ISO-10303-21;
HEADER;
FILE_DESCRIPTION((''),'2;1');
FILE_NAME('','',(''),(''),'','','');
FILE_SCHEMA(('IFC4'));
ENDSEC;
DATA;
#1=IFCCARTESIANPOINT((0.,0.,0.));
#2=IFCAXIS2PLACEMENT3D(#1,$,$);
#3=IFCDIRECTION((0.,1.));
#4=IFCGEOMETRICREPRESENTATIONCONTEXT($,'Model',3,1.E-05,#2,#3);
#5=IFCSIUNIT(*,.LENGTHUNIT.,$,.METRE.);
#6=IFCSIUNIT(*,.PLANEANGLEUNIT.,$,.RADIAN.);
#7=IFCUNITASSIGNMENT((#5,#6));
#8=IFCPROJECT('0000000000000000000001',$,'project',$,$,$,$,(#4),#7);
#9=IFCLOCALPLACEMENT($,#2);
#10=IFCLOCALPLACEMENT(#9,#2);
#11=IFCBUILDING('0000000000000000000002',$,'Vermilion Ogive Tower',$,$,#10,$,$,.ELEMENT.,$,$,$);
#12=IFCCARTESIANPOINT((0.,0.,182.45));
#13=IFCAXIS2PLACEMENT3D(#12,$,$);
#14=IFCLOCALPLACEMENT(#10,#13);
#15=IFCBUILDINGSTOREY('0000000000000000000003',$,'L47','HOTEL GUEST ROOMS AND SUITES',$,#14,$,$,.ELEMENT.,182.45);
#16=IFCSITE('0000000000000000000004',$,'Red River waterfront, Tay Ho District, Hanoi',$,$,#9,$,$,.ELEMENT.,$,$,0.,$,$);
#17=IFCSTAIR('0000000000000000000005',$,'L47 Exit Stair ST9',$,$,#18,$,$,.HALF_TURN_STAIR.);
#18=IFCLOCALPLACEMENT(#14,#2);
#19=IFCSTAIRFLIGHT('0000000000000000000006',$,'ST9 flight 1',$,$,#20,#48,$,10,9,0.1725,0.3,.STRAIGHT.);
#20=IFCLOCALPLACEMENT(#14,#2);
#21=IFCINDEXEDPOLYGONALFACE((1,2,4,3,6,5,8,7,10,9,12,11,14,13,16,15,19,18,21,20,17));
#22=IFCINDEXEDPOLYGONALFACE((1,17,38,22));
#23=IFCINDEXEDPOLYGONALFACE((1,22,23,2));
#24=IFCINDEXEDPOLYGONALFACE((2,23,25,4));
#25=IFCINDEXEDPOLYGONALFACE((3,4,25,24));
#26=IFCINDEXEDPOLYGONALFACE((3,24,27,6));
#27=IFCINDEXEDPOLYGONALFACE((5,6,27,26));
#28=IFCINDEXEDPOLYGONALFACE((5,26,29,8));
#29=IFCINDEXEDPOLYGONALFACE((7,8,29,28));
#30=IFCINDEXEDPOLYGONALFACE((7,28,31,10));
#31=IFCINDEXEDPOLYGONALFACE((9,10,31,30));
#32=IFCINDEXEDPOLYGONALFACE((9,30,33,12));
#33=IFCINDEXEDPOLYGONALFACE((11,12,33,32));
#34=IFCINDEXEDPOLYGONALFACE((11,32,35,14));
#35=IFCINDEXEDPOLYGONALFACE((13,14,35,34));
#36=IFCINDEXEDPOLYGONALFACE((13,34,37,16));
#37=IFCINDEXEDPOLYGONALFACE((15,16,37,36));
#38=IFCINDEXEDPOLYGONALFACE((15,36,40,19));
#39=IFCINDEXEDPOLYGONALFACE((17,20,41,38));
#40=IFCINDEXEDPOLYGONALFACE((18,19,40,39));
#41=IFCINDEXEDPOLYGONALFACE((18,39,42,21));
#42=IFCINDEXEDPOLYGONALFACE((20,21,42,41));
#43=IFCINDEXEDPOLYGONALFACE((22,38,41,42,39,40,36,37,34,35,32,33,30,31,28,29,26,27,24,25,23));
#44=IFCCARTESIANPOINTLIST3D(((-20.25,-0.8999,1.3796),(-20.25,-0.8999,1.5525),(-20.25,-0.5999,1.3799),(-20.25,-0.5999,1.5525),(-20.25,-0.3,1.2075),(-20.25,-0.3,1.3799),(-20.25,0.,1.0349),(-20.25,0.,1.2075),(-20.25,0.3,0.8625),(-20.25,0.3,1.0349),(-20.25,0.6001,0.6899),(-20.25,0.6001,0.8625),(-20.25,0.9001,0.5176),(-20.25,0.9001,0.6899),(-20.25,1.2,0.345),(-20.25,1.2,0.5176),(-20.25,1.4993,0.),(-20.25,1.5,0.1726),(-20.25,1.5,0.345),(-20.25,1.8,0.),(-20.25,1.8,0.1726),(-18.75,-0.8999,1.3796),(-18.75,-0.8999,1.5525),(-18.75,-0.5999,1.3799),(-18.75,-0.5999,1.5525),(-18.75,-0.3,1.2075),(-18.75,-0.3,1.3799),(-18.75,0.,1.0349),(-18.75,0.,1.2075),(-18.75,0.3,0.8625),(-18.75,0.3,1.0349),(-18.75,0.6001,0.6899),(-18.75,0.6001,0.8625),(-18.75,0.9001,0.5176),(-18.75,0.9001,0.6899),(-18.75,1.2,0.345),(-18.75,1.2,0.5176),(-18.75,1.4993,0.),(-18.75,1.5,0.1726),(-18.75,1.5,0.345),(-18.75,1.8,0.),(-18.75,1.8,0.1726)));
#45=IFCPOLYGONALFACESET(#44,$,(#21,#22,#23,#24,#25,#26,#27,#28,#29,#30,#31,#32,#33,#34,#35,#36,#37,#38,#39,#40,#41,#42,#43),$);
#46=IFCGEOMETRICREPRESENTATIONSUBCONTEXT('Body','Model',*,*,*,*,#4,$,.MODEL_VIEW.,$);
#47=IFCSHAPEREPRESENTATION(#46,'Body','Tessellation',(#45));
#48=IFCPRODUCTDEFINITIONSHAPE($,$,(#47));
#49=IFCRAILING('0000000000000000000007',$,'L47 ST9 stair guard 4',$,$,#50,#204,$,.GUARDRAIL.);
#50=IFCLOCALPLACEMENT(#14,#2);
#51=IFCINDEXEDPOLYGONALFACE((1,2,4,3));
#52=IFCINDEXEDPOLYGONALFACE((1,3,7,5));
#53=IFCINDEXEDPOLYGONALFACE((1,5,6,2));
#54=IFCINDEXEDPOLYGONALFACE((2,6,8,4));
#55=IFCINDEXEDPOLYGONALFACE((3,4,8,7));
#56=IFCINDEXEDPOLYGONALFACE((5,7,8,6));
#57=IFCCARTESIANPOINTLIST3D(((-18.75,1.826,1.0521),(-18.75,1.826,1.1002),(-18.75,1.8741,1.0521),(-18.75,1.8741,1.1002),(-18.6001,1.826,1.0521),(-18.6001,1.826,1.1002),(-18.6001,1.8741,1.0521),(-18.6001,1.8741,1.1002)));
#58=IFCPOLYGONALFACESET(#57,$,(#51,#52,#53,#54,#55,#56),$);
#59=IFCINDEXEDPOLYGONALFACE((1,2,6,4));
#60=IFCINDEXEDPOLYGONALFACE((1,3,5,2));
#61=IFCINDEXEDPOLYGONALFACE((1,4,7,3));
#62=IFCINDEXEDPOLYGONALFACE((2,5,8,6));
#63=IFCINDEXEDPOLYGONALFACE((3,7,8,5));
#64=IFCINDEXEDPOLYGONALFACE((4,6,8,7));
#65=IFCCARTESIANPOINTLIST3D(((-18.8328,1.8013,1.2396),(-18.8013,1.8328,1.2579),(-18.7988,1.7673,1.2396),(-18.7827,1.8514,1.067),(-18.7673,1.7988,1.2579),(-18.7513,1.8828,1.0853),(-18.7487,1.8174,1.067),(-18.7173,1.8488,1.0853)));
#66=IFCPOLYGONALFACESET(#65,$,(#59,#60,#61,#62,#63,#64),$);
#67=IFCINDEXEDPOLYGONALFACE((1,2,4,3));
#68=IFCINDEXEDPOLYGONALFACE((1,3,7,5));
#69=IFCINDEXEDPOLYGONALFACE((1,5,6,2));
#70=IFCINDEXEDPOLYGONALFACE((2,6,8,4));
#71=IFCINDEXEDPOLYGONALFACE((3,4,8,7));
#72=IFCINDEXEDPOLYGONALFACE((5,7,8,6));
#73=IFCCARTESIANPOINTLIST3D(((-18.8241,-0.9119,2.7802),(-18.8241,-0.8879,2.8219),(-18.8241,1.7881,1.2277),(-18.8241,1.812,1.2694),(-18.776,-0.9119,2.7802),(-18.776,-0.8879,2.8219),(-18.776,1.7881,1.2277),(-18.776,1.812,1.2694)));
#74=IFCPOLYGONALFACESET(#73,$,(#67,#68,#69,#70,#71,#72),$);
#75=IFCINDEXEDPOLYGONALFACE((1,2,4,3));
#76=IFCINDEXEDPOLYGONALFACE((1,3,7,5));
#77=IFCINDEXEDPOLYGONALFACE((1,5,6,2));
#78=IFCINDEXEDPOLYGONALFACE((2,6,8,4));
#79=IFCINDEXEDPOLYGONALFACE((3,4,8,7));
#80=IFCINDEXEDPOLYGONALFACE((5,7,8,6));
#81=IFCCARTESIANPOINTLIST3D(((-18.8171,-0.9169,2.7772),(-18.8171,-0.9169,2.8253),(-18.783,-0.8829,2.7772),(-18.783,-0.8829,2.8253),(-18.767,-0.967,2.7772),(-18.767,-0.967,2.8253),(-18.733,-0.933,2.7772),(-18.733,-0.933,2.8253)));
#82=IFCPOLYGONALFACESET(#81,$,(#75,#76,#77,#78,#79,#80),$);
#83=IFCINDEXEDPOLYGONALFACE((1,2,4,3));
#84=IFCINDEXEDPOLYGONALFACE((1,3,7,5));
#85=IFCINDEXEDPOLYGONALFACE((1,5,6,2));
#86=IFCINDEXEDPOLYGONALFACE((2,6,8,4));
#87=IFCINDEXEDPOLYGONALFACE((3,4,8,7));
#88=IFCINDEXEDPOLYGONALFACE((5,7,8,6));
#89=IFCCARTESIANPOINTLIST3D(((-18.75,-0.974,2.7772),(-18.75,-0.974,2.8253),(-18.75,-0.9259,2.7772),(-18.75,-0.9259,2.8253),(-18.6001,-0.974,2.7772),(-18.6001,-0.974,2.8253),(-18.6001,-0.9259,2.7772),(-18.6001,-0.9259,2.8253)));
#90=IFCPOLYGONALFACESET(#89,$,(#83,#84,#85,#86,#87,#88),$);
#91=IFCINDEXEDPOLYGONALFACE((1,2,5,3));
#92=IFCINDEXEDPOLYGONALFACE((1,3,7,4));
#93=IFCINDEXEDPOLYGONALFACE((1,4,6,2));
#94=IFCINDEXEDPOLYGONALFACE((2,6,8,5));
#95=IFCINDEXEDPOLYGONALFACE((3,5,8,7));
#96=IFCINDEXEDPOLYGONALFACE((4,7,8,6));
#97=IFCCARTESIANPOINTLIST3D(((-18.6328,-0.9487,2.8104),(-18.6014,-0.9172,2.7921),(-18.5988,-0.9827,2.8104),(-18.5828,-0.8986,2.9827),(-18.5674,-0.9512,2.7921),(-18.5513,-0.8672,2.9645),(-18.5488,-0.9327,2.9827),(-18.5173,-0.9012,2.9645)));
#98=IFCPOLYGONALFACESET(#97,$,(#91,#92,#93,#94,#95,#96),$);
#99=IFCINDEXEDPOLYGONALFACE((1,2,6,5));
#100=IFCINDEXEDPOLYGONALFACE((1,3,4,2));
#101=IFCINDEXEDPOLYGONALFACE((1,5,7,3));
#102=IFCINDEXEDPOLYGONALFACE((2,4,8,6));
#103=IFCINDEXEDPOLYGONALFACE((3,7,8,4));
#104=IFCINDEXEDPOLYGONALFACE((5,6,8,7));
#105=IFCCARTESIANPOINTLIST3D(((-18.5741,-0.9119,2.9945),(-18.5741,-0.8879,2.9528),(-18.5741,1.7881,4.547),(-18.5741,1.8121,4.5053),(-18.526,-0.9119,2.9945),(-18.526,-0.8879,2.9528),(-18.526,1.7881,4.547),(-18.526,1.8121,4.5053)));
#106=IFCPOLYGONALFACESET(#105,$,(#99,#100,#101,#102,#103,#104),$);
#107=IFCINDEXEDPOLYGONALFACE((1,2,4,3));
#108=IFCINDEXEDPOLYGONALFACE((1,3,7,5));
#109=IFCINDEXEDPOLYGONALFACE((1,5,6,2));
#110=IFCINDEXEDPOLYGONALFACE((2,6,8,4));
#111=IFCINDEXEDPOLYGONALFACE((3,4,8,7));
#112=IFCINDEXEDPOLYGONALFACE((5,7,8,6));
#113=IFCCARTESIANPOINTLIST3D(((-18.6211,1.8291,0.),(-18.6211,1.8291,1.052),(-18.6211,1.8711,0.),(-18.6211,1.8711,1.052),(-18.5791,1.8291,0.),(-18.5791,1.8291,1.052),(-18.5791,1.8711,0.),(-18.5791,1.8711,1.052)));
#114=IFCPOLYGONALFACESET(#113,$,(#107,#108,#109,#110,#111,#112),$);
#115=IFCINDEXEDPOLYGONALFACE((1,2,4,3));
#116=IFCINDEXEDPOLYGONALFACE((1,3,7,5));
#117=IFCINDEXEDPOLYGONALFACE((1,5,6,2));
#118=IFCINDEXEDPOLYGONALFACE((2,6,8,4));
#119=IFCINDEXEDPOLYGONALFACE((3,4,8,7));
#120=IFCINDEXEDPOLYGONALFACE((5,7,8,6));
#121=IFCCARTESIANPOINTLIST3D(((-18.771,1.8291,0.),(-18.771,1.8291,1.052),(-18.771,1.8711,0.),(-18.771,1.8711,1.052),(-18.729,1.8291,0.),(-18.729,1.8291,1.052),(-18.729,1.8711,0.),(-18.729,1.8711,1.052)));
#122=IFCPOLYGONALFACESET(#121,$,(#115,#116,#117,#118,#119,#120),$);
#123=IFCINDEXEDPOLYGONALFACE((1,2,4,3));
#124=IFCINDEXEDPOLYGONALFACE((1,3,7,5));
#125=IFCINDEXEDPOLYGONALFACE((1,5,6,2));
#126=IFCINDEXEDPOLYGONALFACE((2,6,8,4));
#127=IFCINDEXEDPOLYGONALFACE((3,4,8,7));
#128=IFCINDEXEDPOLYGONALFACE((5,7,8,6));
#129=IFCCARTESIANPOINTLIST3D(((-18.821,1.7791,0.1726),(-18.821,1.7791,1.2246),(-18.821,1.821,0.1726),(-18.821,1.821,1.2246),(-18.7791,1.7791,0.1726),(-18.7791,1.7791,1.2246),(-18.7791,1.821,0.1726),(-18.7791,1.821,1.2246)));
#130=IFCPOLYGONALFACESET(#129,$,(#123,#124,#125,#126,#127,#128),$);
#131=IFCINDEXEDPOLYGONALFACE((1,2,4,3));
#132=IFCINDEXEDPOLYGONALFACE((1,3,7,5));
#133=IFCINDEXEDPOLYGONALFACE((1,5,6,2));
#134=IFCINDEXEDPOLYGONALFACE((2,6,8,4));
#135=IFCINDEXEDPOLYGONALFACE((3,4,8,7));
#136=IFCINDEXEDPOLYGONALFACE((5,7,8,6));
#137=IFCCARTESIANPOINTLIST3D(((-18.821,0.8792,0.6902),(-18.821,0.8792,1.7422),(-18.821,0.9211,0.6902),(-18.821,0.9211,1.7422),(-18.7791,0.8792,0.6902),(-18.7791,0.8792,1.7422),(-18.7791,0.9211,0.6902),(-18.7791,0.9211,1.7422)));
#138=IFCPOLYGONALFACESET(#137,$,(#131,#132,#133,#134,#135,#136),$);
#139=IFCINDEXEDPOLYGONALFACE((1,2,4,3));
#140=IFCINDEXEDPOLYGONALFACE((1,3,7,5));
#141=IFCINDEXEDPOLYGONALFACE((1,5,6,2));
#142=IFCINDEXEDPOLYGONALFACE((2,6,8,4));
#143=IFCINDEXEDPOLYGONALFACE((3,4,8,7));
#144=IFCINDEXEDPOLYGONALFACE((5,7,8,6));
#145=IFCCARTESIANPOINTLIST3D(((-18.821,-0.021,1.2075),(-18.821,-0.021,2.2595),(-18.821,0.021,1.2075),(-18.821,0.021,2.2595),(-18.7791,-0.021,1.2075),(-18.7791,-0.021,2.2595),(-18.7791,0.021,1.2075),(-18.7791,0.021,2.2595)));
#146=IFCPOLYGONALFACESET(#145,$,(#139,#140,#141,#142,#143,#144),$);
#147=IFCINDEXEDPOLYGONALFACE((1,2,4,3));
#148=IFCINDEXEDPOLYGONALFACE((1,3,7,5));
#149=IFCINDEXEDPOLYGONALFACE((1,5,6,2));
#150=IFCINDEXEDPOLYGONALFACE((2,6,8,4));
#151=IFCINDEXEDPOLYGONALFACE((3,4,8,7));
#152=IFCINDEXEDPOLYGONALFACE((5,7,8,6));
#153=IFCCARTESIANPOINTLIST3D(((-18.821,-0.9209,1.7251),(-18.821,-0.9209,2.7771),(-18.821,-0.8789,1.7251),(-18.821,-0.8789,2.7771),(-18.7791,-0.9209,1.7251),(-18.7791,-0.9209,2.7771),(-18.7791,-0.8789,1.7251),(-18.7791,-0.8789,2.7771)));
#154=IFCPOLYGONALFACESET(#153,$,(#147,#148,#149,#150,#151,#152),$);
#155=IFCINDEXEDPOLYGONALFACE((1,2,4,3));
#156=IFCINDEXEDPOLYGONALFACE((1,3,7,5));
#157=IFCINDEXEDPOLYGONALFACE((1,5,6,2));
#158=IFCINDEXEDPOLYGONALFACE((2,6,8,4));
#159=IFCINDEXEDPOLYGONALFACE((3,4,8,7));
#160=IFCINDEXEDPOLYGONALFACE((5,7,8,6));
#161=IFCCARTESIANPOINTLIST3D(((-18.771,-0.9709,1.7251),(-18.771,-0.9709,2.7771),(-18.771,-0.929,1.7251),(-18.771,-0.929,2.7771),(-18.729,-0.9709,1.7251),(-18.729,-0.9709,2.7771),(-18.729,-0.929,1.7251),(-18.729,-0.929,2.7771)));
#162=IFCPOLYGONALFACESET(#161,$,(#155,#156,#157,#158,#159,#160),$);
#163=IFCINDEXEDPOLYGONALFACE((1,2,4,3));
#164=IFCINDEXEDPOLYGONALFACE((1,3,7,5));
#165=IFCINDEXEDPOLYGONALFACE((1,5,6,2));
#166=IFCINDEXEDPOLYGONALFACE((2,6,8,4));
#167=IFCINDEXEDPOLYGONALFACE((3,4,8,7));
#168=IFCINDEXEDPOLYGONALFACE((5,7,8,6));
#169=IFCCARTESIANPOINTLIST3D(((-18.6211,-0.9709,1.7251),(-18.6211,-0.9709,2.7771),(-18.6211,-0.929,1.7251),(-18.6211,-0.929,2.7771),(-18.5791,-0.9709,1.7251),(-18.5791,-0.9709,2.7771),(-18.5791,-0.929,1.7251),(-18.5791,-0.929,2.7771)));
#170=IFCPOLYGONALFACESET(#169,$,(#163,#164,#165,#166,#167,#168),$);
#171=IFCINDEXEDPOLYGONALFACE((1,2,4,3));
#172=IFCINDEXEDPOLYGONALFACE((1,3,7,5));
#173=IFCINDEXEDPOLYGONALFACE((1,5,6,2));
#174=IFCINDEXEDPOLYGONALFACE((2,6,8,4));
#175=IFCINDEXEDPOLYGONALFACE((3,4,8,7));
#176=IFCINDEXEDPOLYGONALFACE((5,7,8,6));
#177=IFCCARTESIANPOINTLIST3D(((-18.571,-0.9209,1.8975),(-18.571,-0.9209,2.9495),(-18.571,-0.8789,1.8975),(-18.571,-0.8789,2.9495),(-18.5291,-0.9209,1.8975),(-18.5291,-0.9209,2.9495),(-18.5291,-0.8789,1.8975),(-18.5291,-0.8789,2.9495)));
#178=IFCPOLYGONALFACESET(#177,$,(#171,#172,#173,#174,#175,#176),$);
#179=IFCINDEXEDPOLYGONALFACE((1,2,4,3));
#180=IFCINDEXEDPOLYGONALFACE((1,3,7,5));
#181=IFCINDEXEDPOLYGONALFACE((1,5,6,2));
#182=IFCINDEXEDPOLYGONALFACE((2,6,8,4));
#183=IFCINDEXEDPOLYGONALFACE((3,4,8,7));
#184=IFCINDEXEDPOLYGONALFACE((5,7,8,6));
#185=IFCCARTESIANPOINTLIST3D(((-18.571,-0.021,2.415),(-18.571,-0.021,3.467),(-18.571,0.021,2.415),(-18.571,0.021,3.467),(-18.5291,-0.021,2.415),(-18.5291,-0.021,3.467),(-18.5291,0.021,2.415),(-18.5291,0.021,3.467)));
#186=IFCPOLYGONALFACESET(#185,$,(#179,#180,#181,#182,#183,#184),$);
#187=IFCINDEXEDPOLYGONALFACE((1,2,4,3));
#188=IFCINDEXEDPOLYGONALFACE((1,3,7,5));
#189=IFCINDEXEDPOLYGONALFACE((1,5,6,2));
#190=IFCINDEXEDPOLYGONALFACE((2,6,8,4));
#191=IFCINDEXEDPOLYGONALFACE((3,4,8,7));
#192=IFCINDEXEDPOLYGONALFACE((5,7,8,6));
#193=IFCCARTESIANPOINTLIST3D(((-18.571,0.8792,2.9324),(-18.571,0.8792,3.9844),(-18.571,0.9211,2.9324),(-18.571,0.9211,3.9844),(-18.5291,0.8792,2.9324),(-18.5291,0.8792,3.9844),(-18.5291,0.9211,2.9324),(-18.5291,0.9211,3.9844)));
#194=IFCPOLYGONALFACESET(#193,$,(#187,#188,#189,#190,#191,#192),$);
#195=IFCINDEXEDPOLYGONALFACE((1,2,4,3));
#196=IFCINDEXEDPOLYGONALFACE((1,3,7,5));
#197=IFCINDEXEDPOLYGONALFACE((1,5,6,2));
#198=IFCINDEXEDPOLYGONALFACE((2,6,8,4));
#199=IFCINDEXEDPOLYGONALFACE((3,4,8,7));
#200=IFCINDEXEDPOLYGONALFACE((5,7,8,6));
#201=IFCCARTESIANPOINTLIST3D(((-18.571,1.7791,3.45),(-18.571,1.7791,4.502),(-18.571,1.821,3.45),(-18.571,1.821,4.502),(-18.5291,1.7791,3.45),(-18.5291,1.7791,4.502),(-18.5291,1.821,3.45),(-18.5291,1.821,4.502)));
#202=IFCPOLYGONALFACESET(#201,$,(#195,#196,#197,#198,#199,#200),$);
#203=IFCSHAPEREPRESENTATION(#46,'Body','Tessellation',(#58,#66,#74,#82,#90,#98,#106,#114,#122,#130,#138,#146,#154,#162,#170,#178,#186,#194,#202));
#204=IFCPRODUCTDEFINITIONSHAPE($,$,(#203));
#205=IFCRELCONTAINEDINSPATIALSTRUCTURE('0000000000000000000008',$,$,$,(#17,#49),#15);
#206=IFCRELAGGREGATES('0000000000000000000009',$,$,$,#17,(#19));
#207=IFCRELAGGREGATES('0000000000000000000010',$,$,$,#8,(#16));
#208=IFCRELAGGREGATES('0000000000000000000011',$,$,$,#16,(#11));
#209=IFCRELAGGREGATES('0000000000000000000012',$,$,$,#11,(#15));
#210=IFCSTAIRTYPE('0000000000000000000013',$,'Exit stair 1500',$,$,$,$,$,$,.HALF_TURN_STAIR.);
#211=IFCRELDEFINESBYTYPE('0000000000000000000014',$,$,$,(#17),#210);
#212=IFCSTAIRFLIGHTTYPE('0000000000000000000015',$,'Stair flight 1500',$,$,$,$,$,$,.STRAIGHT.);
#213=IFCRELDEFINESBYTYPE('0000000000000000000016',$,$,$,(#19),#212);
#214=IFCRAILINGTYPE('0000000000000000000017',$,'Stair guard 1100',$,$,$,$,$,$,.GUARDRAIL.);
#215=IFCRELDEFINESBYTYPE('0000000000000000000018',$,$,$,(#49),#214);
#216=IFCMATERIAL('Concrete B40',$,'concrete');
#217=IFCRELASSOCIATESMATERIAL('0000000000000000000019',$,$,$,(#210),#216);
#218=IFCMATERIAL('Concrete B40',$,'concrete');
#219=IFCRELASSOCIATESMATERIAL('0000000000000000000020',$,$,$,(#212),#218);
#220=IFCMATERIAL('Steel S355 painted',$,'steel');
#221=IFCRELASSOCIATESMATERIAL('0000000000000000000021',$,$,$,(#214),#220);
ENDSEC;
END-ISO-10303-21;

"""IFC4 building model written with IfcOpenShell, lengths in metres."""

from ifc_helpers import new_model, si_unit, direction, frame, origin, origin_2d, place, context, subcontext, project, spatial, polyline, rectangle, outline, extrude, material, type_object, element, aggregate, save


model = new_model("IFC4")

# Units and contexts
model_context = context("Model", 3, precision=1e-05, world=origin(), true_north=direction((0.0, 1.0)))
body_context = subcontext(model_context, "Body", "Model", "MODEL_VIEW")
ifc_project = project(units=[si_unit("LENGTHUNIT", "METRE"), si_unit("PLANEANGLEUNIT", "RADIAN")], contexts=[model_context])

# Site, building, storey
site_placement = place(None, origin())
site = spatial("IfcSite", under=ifc_project, at=site_placement, Name="Red River waterfront, Tay Ho District, Hanoi", CompositionType="ELEMENT", RefElevation=0.0)
building_placement = place(site_placement, origin())
building = spatial("IfcBuilding", under=site, at=building_placement, Name="Vermilion Ogive Tower", CompositionType="ELEMENT")
storey_placement = place(building_placement, frame((0.0, 0.0, 182.45)))
storey = spatial("IfcBuildingStorey", under=building, at=storey_placement, Name="L47", Description="HOTEL GUEST ROOMS AND SUITES", CompositionType="ELEMENT", Elevation=182.45)

# Stair, stair flight
ifc_material_1 = material(Name="Concrete B40", Category="concrete")
stair_type = type_object("IfcStairType", Name="Exit stair 1500", PredefinedType="HALF_TURN_STAIR", material=ifc_material_1)
stair_placement = place(storey_placement, origin())
stair = element("IfcStair", 1, at=stair_placement, inside=storey, type_object=stair_type, Name="L47 Exit Stair ST9", PredefinedType="HALF_TURN_STAIR")
ifc_material_2 = material(Name="Concrete B40", Category="concrete")
stair_flight_type = type_object("IfcStairFlightType", Name="Stair flight 1500", PredefinedType="STRAIGHT", material=ifc_material_2)
stair_flight_placement = place(storey_placement, frame((-19.5, 1.8, 0.0), z_axis=(0.0, 0.0, 1.0), x_axis=(0.0, -1.0, 0.0)))
stair_flight = element("IfcStairFlight", 2, at=stair_flight_placement, type_object=stair_flight_type, Name="ST9 flight 1", NumberOfRisers=10, NumberOfTreads=9, PredefinedType="STRAIGHT", RiserHeight=0.1725, TreadLength=0.3, context=body_context, shape_type="SweptSolid", body=[
    extrude(outline(polyline([(0.0, 0.0), (0.0, 0.1726), (0.3, 0.1726), (0.3, 0.345), (0.6001, 0.345), (0.6001, 0.5176), (0.8999, 0.5176), (0.8999, 0.6899), (1.2, 0.6899), (1.2, 0.8625), (1.5, 0.8625), (1.5, 1.0349), (1.8, 1.0349), (1.8, 1.2075), (2.1001, 1.2075), (2.1001, 1.3799), (2.3999, 1.3799), (2.3999, 1.5525), (2.7, 1.5525), (2.7, 1.7251), (2.7, 1.3796), (0.3008, 0.0), (0.0, 0.0)])), frame((0.0, 0.75, 0.0), z_axis=(0.0, -1.0, 0.0), x_axis=(1.0, 0.0, 0.0)), (0.0, 0.0, 1.0), 1.5),
])
aggregate(stair, [stair_flight])

# Railing
ifc_material_3 = material(Name="Steel S355 painted", Category="steel")
railing_type_1 = type_object("IfcRailingType", Name="Stair guard 1100", PredefinedType="GUARDRAIL", material=ifc_material_3)
railing_1_placement = place(storey_placement, frame((-18.6001, 1.8501, 0.0)))
element("IfcRailing", 3, at=railing_1_placement, inside=storey, type_object=railing_type_1, Name="L47 ST9 stair guard 4", PredefinedType="GUARDRAIL", context=body_context, shape_type="SweptSolid", body=[
    extrude(rectangle(XDim=0.0481, YDim=0.0481, at=origin_2d()), frame((0.0, 0.0, 1.0762), z_axis=(-1.0, 0.0, 0.0), x_axis=(0.0, -1.0, 0.0)), (0.0, 0.0, 1.0), 0.1499),
    extrude(rectangle(XDim=0.0481, YDim=0.0481, at=origin_2d()), frame((-0.1499, 0.0, 1.0762), z_axis=(-0.268278, -0.268278, 0.925232), x_axis=(0.707107, -0.707107, 0.0)), (0.0, 0.0, 1.0), 0.1865),
    extrude(rectangle(XDim=0.0481, YDim=0.0481, at=origin_2d()), frame((-0.2, -0.05, 1.2485), z_axis=(0.0, -0.866904, 0.498476), x_axis=(1.0, 0.0, 0.0)), (0.0, 0.0, 1.0), 3.1145),
    extrude(rectangle(XDim=0.0481, YDim=0.0481, at=origin_2d()), frame((-0.2, -2.75, 2.8013), z_axis=(0.707107, -0.707107, 0.0), x_axis=(0.707107, 0.707107, 0.0)), (0.0, 0.0, 1.0), 0.0708),
    extrude(rectangle(XDim=0.0481, YDim=0.0481, at=origin_2d()), frame((-0.1499, -2.8, 2.8013), z_axis=(1.0, 0.0, 0.0), x_axis=(0.0, 1.0, 0.0)), (0.0, 0.0, 1.0), 0.1499),
    extrude(rectangle(XDim=0.0481, YDim=0.0481, at=origin_2d()), frame((0.0, -2.8, 2.8013), z_axis=(0.268603, 0.268603, 0.925043), x_axis=(-0.707107, 0.707107, 0.0)), (0.0, 0.0, 1.0), 0.1863),
    extrude(rectangle(XDim=0.0481, YDim=0.0481, at=origin_2d()), frame((0.05, -2.75, 2.9736), z_axis=(0.0, 0.866904, 0.498476), x_axis=(-1.0, 0.0, 0.0)), (0.0, 0.0, 1.0), 3.1145),
    extrude(rectangle(XDim=0.042, YDim=0.042, at=origin_2d()), origin(), (0.0, 0.0, 1.0), 1.052),
    extrude(rectangle(XDim=0.042, YDim=0.042, at=origin_2d()), frame((-0.1499, 0.0, 0.0)), (0.0, 0.0, 1.0), 1.052),
    extrude(rectangle(XDim=0.042, YDim=0.042, at=origin_2d()), frame((-0.2, -0.05, 0.1726)), (0.0, 0.0, 1.0), 1.052),
    extrude(rectangle(XDim=0.042, YDim=0.042, at=origin_2d()), frame((-0.2, -0.95, 0.6902)), (0.0, 0.0, 1.0), 1.052),
    extrude(rectangle(XDim=0.042, YDim=0.042, at=origin_2d()), frame((-0.2, -1.8501, 1.2075)), (0.0, 0.0, 1.0), 1.052),
    extrude(rectangle(XDim=0.042, YDim=0.042, at=origin_2d()), frame((-0.2, -2.75, 1.7251)), (0.0, 0.0, 1.0), 1.052),
    extrude(rectangle(XDim=0.042, YDim=0.042, at=origin_2d()), frame((-0.1499, -2.8, 1.7251)), (0.0, 0.0, 1.0), 1.052),
    extrude(rectangle(XDim=0.042, YDim=0.042, at=origin_2d()), frame((0.0, -2.8, 1.7251)), (0.0, 0.0, 1.0), 1.052),
    extrude(rectangle(XDim=0.042, YDim=0.042, at=origin_2d()), frame((0.05, -2.75, 1.8975)), (0.0, 0.0, 1.0), 1.052),
    extrude(rectangle(XDim=0.042, YDim=0.042, at=origin_2d()), frame((0.05, -1.8501, 2.415)), (0.0, 0.0, 1.0), 1.052),
    extrude(rectangle(XDim=0.042, YDim=0.042, at=origin_2d()), frame((0.05, -0.95, 2.9324)), (0.0, 0.0, 1.0), 1.052),
    extrude(rectangle(XDim=0.042, YDim=0.042, at=origin_2d()), frame((0.05, -0.05, 3.45)), (0.0, 0.0, 1.0), 1.052),
])

save(model, "model.ifc")
